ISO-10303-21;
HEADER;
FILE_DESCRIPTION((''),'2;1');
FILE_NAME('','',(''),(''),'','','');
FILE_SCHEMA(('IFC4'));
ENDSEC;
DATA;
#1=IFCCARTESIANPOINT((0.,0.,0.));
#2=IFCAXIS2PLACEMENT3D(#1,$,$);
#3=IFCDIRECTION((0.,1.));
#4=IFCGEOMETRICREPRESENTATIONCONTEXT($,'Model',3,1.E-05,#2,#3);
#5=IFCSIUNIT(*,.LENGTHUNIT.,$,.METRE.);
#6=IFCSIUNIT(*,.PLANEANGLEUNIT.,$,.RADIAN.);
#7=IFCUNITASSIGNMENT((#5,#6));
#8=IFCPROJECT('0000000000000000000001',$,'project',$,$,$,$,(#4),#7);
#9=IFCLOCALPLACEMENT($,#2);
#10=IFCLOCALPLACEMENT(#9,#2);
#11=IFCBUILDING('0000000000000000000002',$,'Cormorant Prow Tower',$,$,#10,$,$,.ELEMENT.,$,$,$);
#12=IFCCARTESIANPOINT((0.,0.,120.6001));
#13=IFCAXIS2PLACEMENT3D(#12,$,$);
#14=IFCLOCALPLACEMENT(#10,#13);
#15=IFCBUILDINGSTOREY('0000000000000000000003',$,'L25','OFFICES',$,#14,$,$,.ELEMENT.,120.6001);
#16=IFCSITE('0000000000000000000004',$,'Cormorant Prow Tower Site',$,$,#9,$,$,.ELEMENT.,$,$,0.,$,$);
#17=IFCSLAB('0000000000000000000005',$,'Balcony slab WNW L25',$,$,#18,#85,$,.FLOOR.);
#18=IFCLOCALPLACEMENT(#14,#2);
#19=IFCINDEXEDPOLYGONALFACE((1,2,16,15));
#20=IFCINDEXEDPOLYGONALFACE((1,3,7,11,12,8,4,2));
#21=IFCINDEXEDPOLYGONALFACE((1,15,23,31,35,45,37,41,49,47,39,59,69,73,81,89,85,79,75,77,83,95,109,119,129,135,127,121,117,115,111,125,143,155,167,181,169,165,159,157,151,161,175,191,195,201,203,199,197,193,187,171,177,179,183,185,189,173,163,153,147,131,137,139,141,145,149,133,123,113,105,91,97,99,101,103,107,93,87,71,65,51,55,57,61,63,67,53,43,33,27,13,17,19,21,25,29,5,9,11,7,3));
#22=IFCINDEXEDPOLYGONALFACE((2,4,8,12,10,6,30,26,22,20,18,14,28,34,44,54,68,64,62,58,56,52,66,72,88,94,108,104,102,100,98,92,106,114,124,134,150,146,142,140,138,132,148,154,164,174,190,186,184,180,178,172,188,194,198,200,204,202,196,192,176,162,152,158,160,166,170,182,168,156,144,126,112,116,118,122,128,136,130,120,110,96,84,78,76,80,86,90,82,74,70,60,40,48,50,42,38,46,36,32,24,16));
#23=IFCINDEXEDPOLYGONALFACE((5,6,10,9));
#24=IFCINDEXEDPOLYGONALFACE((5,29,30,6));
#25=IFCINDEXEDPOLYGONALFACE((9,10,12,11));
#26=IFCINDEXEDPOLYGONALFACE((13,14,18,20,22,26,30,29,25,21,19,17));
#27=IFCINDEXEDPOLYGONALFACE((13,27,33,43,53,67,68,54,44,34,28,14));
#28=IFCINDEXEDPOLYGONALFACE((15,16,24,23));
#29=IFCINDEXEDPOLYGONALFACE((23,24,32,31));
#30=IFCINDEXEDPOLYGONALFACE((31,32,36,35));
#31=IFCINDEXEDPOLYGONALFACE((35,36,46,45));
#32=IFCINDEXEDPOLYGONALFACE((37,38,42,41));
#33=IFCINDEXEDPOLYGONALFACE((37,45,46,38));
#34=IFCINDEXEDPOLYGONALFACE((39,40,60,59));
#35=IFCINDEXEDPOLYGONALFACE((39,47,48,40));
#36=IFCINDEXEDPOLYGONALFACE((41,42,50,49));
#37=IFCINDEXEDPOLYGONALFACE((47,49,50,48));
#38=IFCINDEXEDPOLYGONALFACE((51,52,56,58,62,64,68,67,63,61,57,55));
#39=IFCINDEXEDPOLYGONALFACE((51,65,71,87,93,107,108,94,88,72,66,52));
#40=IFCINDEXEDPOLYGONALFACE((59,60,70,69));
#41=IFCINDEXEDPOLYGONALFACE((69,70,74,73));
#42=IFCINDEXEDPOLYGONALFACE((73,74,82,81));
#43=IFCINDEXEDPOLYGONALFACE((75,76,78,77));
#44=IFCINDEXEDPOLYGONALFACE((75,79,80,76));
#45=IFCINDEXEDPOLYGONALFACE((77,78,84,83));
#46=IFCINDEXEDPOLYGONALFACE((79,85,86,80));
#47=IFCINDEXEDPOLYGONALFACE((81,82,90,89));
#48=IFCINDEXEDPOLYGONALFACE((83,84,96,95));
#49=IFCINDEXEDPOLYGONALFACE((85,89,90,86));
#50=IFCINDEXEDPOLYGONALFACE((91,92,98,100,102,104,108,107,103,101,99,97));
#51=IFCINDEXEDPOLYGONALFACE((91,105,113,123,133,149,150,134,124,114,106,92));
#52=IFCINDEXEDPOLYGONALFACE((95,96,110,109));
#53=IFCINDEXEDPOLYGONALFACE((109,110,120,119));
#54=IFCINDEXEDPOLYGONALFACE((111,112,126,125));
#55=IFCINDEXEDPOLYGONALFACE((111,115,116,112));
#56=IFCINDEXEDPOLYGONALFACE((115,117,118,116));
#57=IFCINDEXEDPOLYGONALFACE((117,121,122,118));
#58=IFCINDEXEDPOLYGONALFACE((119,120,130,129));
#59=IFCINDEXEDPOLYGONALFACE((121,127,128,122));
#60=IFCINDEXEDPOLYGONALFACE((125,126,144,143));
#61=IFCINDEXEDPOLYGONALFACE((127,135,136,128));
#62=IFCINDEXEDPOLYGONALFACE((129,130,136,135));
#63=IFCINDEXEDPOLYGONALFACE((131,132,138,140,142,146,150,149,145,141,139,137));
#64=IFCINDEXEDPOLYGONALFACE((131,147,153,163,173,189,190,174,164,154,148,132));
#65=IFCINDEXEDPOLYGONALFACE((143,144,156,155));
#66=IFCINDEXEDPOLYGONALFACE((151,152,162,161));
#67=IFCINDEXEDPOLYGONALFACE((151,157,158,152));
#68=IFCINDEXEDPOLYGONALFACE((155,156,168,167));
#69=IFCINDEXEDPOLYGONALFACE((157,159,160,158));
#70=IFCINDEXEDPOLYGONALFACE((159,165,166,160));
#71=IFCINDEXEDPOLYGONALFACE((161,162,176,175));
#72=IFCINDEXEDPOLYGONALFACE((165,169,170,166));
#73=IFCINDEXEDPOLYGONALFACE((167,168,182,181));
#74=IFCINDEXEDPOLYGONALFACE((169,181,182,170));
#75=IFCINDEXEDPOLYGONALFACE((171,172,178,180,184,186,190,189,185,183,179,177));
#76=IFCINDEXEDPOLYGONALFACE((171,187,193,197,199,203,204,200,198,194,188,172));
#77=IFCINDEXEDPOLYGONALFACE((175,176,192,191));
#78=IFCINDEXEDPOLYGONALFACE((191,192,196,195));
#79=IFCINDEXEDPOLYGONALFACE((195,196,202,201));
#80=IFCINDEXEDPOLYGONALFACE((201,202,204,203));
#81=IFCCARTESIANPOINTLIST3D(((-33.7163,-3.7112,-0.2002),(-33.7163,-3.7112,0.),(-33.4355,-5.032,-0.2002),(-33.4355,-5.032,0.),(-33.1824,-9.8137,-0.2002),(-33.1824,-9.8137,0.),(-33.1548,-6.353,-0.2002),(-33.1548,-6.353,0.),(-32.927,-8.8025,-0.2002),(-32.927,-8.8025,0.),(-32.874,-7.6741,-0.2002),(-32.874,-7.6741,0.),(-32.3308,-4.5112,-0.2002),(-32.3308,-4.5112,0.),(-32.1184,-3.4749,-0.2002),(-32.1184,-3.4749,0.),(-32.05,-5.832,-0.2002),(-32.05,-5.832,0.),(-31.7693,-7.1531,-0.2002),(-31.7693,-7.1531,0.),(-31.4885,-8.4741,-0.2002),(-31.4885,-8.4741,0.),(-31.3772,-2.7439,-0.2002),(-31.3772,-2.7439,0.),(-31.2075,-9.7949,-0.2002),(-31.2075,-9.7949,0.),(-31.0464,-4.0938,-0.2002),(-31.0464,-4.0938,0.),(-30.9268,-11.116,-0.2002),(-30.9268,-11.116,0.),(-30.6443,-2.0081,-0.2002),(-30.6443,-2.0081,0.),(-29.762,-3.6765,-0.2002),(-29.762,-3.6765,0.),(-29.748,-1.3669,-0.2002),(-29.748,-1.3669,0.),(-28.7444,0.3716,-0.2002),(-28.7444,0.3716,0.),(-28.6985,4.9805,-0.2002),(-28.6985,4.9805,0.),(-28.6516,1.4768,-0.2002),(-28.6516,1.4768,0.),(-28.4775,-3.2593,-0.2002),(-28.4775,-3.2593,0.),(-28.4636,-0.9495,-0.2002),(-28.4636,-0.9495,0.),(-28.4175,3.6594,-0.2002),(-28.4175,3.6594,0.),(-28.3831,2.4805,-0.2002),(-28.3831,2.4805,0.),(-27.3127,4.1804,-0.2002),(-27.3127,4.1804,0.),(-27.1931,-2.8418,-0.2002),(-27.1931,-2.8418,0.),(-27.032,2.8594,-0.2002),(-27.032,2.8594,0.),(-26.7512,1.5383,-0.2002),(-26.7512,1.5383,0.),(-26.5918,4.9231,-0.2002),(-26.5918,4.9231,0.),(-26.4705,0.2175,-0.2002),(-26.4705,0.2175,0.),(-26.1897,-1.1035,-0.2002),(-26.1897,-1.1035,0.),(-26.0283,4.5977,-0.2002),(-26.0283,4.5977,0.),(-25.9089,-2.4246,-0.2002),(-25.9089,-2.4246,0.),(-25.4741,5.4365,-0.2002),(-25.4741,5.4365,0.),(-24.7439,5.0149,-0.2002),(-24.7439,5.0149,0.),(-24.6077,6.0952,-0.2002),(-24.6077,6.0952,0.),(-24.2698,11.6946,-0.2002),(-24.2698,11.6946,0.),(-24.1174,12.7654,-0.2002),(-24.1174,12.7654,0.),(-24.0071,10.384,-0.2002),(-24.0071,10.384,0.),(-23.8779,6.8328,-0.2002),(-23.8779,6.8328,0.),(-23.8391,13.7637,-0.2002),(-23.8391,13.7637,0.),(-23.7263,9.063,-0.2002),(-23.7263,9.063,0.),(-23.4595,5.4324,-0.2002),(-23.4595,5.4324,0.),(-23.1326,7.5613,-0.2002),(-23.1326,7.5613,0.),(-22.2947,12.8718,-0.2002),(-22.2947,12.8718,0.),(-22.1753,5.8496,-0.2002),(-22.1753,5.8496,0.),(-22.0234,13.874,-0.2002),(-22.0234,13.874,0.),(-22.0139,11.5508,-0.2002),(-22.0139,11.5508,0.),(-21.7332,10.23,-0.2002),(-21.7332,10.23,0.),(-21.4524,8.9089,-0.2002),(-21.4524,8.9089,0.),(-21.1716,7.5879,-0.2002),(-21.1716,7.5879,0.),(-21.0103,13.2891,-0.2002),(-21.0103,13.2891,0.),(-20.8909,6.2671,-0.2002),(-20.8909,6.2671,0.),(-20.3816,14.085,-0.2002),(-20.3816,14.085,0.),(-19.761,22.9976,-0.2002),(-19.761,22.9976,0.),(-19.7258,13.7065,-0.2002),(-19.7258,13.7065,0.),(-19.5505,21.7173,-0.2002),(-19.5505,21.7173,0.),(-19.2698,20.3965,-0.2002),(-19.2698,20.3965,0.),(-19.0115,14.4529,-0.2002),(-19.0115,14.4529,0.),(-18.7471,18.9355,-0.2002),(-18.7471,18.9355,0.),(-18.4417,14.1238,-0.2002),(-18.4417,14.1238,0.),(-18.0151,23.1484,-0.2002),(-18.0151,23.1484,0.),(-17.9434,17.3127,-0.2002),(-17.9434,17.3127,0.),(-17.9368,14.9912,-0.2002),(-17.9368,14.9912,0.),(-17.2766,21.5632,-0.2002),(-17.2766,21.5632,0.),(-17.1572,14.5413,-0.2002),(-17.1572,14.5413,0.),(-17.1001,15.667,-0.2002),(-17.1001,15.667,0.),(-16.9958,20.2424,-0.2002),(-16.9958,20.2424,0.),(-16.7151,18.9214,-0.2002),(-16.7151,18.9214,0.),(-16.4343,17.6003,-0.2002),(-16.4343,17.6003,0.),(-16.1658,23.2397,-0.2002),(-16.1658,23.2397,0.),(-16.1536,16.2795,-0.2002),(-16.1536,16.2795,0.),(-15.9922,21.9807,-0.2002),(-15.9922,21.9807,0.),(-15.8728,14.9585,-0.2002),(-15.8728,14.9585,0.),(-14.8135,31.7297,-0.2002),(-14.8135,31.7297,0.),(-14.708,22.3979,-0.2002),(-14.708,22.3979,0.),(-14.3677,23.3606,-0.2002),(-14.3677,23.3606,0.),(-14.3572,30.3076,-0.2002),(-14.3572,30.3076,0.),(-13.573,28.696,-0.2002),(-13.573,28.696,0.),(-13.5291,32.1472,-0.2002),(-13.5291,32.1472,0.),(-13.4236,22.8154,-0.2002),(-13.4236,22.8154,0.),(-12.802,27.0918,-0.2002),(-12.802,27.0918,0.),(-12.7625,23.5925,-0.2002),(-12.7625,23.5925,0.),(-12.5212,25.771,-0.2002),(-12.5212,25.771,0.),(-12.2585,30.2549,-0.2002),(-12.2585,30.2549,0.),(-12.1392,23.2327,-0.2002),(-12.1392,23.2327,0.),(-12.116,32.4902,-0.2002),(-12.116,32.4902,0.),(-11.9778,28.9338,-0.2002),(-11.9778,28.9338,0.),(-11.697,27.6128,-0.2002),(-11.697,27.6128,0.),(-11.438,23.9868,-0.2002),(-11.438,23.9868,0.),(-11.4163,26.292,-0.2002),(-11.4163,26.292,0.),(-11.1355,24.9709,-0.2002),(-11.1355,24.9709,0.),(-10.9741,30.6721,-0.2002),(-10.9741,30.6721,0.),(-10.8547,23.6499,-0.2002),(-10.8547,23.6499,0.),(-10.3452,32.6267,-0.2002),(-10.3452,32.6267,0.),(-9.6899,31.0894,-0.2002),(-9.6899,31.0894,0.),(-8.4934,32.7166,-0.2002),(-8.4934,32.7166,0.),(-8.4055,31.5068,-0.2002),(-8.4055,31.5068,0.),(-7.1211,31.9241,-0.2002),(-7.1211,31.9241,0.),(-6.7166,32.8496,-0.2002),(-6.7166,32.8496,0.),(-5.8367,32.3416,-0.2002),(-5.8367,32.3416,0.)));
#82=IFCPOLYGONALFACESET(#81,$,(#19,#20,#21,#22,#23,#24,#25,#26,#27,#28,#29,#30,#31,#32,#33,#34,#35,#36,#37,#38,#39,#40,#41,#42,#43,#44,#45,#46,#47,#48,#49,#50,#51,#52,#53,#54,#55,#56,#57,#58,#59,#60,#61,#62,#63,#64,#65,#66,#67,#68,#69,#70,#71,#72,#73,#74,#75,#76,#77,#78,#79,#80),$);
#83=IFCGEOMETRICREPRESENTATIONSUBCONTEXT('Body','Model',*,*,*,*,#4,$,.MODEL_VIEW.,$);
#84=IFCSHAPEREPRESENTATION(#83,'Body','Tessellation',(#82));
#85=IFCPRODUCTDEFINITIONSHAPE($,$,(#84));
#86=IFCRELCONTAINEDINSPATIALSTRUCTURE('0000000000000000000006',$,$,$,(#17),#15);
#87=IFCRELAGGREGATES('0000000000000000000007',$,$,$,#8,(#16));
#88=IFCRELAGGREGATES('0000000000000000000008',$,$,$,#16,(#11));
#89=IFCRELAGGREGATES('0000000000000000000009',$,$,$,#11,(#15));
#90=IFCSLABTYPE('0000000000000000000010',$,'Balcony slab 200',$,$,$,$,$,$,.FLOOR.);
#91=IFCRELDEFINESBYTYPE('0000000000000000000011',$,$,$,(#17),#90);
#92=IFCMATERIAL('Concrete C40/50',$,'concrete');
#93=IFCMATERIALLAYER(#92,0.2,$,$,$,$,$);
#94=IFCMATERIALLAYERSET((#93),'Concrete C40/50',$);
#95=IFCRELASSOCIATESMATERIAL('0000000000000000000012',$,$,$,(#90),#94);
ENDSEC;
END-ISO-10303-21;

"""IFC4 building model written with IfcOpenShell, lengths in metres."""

from ifc_helpers import new_model, si_unit, direction, frame, origin, place, context, subcontext, project, spatial, polyline, outline, extrude, material, layer, layer_set, type_object, element, save


model = new_model("IFC4")

# Units and contexts
model_context = context("Model", 3, precision=1e-05, world=origin(), true_north=direction((0.0, 1.0)))
body_context = subcontext(model_context, "Body", "Model", "MODEL_VIEW")
ifc_project = project(units=[si_unit("LENGTHUNIT", "METRE"), si_unit("PLANEANGLEUNIT", "RADIAN")], contexts=[model_context])

# Site, building, storey
site_placement = place(None, origin())
site = spatial("IfcSite", under=ifc_project, at=site_placement, Name="Cormorant Prow Tower Site", CompositionType="ELEMENT", RefElevation=0.0)
building_placement = place(site_placement, origin())
building = spatial("IfcBuilding", under=site, at=building_placement, Name="Cormorant Prow Tower", CompositionType="ELEMENT")
storey_placement = place(building_placement, frame((0.0, 0.0, 120.6001)))
storey = spatial("IfcBuildingStorey", under=building, at=storey_placement, Name="L25", Description="OFFICES", CompositionType="ELEMENT", Elevation=120.6001)

# Slab
ifc_material_1 = material(Name="Concrete C40/50", Category="concrete")
ifc_layer_1 = layer(ifc_material_1, 0.2)
ifc_layer_set_1 = layer_set([ifc_layer_1], Name="Concrete C40/50")
slab_type_1 = type_object("IfcSlabType", Name="Balcony slab 200", PredefinedType="FLOOR", material=ifc_layer_set_1)
slab_1_placement = place(storey_placement, frame((0.0, 0.0, -0.2002)))
element("IfcSlab", 1, at=slab_1_placement, inside=storey, type_object=slab_type_1, Name="Balcony slab WNW L25", PredefinedType="FLOOR", context=body_context, shape_type="SweptSolid", body=[
    extrude(outline(polyline([(-5.8367, 32.3416), (-6.7166, 32.8496), (-8.4934, 32.7166), (-10.3452, 32.6267), (-12.116, 32.4902), (-13.5291, 32.1472), (-14.8135, 31.7297), (-14.3572, 30.3076), (-13.573, 28.696), (-12.802, 27.0918), (-12.5212, 25.771), (-11.438, 23.9868), (-12.7625, 23.5925), (-14.3677, 23.3606), (-16.1658, 23.2397), (-18.0151, 23.1484), (-19.761, 22.9976), (-19.5505, 21.7173), (-19.2698, 20.3965), (-18.7471, 18.9355), (-17.9434, 17.3127), (-17.1001, 15.667), (-17.9368, 14.9912), (-19.0115, 14.4529), (-20.3816, 14.085), (-22.0234, 13.874), (-23.8391, 13.7637), (-24.1174, 12.7654), (-24.2698, 11.6946), (-24.0071, 10.384), (-23.7263, 9.063), (-23.1326, 7.5613), (-23.8779, 6.8328), (-24.6077, 6.0952), (-25.4741, 5.4365), (-26.5918, 4.9231), (-28.6985, 4.9805), (-28.4175, 3.6594), (-28.3831, 2.4805), (-28.6516, 1.4768), (-28.7444, 0.3716), (-28.4636, -0.9495), (-29.748, -1.3669), (-30.6443, -2.0081), (-31.3772, -2.7439), (-32.1184, -3.4749), (-33.7163, -3.7112), (-33.4355, -5.032), (-33.1548, -6.353), (-32.874, -7.6741), (-32.927, -8.8025), (-33.1824, -9.8137), (-30.9268, -11.116), (-31.2075, -9.7949), (-31.4885, -8.4741), (-31.7693, -7.1531), (-32.05, -5.832), (-32.3308, -4.5112), (-31.0464, -4.0938), (-29.762, -3.6765), (-28.4775, -3.2593), (-27.1931, -2.8418), (-25.9089, -2.4246), (-26.1897, -1.1035), (-26.4705, 0.2175), (-26.7512, 1.5383), (-27.032, 2.8594), (-27.3127, 4.1804), (-26.0283, 4.5977), (-24.7439, 5.0149), (-23.4595, 5.4324), (-22.1753, 5.8496), (-20.8909, 6.2671), (-21.1716, 7.5879), (-21.4524, 8.9089), (-21.7332, 10.23), (-22.0139, 11.5508), (-22.2947, 12.8718), (-21.0103, 13.2891), (-19.7258, 13.7065), (-18.4417, 14.1238), (-17.1572, 14.5413), (-15.8728, 14.9585), (-16.1536, 16.2795), (-16.4343, 17.6003), (-16.7151, 18.9214), (-16.9958, 20.2424), (-17.2766, 21.5632), (-15.9922, 21.9807), (-14.708, 22.3979), (-13.4236, 22.8154), (-12.1392, 23.2327), (-10.8547, 23.6499), (-11.1355, 24.9709), (-11.4163, 26.292), (-11.697, 27.6128), (-11.9778, 28.9338), (-12.2585, 30.2549), (-10.9741, 30.6721), (-9.6899, 31.0894), (-8.4055, 31.5068), (-7.1211, 31.9241), (-5.8367, 32.3416)])), origin(), (0.0, 0.0, 1.0), 0.2002),
])

save(model, "model.ifc")
